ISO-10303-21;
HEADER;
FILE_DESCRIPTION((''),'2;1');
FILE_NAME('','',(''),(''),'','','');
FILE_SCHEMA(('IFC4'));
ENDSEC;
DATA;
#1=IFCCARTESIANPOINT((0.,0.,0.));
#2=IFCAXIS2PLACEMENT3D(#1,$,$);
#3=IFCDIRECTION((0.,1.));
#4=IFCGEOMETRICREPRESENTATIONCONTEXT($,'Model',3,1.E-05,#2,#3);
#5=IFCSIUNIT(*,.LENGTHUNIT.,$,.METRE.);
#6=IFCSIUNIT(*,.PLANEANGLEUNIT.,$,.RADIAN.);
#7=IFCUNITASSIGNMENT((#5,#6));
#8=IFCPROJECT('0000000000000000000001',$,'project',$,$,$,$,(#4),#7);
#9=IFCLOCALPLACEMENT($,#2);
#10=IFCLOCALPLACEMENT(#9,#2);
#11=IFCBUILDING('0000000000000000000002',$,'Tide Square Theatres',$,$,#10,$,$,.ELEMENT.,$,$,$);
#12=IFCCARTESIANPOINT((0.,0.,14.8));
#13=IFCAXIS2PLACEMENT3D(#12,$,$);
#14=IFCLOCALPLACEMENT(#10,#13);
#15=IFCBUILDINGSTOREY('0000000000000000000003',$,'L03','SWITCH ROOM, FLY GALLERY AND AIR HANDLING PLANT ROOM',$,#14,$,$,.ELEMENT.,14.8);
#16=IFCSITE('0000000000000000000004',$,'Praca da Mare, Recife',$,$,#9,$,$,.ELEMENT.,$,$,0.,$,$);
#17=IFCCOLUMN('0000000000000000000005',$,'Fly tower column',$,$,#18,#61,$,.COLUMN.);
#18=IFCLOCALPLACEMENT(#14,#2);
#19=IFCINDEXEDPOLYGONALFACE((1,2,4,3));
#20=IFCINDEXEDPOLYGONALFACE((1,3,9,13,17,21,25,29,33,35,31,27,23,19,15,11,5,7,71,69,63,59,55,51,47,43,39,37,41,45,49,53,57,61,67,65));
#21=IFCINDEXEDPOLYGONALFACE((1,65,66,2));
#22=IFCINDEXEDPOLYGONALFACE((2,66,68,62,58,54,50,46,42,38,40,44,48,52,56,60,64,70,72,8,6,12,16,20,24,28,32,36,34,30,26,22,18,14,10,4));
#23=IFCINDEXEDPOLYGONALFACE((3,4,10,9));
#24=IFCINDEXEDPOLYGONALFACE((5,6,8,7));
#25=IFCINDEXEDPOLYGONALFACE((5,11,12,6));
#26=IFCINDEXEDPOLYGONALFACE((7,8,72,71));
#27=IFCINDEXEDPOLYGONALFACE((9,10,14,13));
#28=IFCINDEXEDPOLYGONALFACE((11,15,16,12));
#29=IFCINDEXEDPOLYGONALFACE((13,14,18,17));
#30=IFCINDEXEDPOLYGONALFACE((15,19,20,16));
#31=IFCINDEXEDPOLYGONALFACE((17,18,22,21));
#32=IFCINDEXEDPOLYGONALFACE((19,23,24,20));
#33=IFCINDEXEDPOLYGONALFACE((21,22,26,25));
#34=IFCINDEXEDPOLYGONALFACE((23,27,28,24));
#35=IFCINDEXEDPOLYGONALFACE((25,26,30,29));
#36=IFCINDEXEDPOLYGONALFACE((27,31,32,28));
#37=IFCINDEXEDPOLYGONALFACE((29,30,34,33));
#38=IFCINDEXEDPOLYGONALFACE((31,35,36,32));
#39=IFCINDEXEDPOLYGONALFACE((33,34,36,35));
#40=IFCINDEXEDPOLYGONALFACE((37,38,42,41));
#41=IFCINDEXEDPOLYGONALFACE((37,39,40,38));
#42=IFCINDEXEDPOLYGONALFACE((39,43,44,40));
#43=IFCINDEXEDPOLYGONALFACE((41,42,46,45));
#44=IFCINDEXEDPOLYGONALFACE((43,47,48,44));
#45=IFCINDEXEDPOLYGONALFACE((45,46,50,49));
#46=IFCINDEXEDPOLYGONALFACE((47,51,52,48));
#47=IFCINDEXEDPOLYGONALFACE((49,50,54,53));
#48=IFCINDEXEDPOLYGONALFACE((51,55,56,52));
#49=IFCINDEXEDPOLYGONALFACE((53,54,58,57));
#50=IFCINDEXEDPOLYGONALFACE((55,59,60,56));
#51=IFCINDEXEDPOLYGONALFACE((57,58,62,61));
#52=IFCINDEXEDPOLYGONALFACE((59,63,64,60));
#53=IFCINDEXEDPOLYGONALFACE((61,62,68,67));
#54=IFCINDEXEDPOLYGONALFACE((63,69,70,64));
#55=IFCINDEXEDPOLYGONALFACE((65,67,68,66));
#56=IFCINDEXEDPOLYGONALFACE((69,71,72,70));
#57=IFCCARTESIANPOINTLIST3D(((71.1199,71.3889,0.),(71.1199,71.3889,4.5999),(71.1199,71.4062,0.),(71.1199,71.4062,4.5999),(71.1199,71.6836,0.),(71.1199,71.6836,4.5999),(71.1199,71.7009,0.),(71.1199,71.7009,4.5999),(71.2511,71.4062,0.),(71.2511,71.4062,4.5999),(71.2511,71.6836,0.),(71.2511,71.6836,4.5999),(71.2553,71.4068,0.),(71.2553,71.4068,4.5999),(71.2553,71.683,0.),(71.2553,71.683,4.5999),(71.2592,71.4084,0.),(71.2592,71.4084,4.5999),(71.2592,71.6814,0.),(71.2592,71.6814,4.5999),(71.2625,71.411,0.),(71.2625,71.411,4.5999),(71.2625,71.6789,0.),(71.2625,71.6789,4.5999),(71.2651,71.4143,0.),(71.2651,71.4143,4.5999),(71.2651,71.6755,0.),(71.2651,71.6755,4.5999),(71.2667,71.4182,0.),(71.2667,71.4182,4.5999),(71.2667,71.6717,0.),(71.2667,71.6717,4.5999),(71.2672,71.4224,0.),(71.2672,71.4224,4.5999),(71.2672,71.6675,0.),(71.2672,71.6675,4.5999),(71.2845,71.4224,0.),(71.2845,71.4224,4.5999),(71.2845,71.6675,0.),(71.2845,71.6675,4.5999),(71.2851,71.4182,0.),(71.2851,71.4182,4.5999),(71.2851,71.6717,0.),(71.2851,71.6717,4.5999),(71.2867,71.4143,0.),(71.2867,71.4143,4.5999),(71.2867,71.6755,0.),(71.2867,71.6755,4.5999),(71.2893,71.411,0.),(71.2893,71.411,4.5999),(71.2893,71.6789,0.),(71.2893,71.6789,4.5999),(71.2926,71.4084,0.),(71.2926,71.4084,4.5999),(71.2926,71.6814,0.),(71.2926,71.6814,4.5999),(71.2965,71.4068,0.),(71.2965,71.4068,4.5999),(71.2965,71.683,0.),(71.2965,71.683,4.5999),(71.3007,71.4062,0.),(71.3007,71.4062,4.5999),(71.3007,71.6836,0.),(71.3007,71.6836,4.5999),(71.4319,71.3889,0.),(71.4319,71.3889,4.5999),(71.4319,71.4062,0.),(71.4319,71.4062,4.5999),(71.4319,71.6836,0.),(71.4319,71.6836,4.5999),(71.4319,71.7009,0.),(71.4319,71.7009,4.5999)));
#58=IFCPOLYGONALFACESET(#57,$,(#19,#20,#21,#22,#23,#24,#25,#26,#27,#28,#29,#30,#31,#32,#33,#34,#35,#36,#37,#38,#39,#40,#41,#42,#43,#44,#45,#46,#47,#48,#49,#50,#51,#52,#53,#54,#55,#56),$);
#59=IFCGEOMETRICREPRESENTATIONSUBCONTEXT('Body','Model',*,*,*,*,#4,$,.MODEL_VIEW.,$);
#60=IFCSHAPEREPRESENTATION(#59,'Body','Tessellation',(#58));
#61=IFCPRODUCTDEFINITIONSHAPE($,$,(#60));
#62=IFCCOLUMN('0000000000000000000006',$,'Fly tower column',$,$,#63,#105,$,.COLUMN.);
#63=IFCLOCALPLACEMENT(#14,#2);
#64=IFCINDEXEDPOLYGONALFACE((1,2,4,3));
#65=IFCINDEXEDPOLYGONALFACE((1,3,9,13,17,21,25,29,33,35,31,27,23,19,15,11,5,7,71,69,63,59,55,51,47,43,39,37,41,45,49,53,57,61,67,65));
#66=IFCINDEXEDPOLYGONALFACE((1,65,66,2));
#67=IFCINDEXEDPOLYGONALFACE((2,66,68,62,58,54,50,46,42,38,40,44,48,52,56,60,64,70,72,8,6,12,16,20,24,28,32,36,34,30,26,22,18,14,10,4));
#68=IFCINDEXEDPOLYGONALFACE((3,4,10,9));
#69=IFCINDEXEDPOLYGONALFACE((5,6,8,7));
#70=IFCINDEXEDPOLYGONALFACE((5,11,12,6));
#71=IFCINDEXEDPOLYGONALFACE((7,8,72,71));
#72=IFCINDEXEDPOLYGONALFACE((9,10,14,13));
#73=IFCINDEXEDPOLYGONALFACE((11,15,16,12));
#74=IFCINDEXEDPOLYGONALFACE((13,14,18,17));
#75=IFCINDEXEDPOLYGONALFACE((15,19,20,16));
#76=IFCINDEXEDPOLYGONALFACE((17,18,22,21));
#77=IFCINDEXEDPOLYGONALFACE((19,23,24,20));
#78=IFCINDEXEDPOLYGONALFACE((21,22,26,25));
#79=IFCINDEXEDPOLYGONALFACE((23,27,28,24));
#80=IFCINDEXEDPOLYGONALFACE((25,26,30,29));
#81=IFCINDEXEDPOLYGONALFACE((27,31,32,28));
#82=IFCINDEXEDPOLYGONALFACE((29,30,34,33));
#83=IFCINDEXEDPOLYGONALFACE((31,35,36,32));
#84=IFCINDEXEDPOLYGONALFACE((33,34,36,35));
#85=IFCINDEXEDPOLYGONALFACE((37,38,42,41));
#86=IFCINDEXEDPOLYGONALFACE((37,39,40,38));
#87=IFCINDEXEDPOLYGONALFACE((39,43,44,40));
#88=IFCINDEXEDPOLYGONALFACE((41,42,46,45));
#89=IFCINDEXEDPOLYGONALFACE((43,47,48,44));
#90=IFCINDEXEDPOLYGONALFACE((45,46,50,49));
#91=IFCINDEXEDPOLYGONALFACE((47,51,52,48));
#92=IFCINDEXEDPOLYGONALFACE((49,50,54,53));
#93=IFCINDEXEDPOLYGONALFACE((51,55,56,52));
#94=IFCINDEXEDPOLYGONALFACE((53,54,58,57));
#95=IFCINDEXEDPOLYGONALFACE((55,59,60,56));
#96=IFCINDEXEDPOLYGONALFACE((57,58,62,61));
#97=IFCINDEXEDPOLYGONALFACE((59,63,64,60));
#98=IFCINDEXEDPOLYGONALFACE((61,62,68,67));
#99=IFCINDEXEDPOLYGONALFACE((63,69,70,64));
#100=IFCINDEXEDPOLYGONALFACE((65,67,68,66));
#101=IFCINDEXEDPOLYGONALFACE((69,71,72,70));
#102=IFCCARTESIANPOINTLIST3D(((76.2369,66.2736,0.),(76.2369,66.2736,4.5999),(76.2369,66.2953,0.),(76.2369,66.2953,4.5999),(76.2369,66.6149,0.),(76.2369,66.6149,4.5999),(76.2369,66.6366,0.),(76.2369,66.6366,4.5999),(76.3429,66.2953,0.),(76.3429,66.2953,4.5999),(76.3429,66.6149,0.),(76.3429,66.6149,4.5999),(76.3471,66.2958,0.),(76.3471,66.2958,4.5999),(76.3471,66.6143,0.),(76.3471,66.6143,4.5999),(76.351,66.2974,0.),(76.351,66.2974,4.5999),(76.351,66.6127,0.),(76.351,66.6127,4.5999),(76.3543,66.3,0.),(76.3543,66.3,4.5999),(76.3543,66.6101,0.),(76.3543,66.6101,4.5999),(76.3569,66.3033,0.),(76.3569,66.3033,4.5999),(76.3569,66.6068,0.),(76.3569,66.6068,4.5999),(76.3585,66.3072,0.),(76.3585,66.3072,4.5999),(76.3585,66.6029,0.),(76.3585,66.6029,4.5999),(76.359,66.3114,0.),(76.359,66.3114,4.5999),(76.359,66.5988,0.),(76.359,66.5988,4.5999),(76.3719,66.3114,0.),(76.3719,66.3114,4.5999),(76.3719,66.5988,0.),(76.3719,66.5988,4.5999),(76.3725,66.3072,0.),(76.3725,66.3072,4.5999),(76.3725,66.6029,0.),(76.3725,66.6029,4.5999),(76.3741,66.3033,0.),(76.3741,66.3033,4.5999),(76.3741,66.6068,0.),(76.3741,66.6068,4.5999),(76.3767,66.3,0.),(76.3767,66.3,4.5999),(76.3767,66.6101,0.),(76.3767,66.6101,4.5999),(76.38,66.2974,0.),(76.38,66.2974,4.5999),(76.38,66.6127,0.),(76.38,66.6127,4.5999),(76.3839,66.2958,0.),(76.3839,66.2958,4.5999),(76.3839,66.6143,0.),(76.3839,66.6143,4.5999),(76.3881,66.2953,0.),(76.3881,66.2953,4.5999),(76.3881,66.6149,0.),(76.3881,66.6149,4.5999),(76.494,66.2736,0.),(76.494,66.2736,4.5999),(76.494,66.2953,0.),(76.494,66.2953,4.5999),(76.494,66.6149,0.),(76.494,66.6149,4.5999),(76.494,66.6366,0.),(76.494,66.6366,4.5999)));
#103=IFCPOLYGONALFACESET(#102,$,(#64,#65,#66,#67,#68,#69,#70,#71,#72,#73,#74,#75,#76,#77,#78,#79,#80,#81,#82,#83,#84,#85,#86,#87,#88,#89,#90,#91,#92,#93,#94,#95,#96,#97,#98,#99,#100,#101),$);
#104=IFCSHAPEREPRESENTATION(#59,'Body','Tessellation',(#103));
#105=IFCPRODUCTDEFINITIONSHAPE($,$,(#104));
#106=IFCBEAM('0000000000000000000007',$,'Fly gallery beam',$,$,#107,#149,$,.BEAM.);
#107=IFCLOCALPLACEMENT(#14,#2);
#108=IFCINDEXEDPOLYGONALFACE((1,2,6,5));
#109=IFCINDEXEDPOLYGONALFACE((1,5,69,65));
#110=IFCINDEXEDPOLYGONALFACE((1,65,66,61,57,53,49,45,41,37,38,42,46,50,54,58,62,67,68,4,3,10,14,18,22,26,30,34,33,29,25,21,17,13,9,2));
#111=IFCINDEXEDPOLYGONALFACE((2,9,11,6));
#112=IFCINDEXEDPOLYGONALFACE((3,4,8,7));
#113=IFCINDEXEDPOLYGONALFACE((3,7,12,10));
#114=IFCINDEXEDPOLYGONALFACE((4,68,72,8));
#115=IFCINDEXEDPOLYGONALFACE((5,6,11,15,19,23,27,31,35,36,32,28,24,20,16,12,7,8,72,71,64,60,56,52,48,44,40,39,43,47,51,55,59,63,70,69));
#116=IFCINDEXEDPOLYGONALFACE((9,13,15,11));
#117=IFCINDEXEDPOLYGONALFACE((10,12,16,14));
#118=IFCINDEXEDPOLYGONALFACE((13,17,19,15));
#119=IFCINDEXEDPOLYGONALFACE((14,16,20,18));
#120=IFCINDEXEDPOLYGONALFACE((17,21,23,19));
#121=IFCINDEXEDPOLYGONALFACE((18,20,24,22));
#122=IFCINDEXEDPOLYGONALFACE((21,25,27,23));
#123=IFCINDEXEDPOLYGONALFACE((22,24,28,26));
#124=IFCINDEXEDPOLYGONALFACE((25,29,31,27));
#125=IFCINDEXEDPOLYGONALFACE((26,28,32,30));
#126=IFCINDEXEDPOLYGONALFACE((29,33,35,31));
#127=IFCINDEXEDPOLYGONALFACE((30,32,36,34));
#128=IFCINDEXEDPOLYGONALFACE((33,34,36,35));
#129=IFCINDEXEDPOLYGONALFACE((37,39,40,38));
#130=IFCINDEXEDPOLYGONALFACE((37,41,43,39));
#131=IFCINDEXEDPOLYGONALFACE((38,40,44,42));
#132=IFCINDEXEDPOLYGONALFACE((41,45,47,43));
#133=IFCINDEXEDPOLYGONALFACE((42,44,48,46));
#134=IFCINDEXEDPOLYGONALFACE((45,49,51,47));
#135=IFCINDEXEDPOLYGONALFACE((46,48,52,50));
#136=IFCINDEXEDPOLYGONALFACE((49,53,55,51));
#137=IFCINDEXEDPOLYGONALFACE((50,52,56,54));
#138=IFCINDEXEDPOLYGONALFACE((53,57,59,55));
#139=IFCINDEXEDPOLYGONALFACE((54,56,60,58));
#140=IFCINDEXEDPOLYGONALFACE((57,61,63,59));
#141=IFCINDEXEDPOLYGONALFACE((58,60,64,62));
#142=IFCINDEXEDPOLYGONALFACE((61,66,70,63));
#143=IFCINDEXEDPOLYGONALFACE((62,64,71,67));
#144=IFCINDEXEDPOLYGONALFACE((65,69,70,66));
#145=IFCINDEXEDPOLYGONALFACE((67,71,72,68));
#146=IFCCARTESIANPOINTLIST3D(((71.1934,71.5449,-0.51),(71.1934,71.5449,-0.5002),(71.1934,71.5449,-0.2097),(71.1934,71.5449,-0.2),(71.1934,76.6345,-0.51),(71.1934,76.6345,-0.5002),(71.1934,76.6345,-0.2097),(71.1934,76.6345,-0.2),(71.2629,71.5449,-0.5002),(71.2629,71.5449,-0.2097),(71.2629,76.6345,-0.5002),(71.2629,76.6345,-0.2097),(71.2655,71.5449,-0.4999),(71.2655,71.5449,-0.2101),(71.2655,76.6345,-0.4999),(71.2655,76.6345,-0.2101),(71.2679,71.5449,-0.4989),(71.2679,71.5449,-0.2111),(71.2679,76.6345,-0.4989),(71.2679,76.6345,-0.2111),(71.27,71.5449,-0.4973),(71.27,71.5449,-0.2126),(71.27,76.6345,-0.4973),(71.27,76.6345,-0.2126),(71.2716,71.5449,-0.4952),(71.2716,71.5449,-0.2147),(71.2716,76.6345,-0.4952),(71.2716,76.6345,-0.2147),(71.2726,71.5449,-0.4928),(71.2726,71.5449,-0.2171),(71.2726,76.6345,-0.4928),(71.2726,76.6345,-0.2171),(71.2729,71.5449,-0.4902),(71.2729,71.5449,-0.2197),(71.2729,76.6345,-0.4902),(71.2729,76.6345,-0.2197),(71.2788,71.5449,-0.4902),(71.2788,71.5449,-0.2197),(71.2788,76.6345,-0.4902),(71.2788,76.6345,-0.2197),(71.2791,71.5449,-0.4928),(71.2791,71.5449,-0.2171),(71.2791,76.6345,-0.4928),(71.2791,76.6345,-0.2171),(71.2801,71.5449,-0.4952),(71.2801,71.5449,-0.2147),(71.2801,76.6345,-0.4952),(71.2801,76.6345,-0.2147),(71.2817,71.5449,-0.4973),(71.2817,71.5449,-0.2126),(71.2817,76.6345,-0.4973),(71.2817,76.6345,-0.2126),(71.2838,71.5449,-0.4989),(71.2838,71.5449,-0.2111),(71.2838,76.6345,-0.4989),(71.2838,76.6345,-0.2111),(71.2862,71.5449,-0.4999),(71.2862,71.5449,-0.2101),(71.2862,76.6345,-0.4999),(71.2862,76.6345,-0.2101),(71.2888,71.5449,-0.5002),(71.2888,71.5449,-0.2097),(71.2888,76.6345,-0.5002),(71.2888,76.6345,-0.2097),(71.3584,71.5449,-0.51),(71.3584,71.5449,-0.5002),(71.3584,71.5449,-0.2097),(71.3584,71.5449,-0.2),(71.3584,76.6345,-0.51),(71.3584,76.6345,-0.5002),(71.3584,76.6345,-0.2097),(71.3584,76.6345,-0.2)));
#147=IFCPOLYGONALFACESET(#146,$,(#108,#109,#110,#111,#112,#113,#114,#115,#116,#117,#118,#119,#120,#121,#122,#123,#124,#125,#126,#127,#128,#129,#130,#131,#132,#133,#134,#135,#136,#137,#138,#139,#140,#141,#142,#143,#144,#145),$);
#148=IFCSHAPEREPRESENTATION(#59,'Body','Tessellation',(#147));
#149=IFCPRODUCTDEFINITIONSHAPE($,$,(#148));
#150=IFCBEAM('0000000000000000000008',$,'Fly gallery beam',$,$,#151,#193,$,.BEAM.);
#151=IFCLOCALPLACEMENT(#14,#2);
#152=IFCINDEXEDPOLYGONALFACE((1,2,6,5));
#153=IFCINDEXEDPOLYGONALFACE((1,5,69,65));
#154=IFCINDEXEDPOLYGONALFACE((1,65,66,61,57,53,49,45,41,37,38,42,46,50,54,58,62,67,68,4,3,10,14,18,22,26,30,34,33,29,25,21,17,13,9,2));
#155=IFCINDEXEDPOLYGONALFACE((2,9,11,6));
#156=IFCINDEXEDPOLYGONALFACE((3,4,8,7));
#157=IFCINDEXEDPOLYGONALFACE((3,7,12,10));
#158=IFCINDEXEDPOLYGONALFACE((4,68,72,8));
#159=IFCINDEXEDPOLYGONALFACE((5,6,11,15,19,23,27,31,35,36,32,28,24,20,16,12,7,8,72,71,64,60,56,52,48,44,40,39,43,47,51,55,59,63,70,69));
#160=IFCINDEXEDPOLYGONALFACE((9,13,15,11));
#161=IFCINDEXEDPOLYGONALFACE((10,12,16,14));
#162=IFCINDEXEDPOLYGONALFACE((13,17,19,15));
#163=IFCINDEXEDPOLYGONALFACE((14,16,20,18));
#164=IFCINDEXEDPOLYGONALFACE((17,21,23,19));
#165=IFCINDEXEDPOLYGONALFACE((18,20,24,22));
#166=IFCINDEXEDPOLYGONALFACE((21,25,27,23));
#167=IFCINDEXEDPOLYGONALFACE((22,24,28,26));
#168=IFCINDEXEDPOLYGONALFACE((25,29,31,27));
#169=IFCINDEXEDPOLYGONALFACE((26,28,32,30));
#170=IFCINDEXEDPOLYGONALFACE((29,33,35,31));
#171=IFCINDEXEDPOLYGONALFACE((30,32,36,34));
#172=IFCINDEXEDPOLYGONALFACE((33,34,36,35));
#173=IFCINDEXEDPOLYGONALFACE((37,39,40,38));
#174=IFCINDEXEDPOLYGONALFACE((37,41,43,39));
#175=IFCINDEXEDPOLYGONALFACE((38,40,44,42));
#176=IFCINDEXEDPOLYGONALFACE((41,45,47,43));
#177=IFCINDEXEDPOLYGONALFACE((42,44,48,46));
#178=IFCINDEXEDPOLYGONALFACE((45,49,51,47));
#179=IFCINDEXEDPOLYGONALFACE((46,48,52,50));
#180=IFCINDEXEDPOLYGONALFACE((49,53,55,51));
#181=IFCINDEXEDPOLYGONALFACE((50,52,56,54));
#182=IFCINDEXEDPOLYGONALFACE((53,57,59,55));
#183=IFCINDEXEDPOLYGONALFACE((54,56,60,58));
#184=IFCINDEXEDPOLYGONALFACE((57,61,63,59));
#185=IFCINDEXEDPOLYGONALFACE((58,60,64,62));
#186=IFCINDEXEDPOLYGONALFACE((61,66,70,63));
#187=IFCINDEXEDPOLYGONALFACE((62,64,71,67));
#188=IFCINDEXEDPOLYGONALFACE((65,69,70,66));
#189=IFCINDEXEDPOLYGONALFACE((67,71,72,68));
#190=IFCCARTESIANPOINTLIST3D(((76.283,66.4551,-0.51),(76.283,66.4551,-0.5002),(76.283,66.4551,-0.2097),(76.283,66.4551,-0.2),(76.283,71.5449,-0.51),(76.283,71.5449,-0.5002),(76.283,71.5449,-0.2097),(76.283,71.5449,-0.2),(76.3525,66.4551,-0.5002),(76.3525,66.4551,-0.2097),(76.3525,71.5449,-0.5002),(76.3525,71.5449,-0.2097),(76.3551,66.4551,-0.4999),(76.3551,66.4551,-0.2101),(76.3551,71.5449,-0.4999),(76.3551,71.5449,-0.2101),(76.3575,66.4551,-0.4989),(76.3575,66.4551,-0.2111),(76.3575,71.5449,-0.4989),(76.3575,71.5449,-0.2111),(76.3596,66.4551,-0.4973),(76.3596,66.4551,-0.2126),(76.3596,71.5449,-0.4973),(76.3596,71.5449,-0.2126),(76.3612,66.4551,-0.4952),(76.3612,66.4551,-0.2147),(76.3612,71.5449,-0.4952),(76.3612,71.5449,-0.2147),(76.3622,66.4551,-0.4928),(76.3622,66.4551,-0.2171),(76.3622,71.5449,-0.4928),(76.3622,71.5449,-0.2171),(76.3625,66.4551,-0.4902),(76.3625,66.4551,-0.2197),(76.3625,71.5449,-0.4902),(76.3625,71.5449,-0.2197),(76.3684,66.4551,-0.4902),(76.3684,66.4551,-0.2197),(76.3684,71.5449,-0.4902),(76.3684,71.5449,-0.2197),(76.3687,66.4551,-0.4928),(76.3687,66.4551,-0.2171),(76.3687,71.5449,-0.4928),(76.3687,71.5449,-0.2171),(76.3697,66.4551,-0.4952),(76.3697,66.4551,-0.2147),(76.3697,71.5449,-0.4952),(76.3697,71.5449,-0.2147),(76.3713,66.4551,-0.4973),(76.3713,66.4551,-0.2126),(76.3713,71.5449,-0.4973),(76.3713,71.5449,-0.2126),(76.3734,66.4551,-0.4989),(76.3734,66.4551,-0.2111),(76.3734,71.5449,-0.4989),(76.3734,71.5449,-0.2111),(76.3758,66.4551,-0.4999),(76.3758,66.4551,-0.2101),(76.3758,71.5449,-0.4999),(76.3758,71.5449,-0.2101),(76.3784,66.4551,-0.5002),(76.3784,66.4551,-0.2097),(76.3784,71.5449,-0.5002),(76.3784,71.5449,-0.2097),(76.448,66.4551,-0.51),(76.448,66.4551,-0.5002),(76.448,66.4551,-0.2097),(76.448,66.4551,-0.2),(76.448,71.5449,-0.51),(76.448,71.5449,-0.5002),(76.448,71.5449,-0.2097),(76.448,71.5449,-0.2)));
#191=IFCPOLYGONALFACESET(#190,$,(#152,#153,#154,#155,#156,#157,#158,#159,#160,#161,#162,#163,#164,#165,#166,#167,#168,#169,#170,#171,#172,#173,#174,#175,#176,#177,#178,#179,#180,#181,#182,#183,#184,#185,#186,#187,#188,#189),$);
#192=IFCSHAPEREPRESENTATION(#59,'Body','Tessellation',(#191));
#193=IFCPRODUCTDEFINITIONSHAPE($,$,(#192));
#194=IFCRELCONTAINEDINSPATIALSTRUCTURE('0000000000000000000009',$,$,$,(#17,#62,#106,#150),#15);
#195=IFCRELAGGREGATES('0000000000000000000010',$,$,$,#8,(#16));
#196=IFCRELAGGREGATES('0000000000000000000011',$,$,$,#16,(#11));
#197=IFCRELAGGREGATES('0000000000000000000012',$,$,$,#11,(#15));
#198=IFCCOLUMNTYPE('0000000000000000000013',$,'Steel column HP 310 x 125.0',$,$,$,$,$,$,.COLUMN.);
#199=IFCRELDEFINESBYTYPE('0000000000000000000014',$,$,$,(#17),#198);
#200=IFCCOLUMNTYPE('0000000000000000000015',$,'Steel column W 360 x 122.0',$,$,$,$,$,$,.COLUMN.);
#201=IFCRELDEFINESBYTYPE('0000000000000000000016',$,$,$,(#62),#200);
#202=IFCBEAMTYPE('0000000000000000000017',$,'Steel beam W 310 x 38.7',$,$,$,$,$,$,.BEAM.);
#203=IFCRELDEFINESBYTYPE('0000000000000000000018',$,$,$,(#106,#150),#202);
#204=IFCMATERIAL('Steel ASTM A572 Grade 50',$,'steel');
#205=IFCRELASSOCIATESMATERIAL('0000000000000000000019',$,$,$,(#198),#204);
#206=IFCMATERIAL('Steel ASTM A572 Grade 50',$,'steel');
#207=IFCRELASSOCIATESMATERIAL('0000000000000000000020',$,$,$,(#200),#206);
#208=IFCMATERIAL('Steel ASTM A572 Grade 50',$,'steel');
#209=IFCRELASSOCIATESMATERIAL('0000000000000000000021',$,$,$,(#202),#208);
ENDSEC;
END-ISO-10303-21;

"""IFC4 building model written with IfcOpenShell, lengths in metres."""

from ifc_helpers import new_model, si_unit, direction, frame, origin, origin_2d, place, context, subcontext, project, spatial, i_section, extrude, material, material_profile, profile_set, type_object, element, save


model = new_model("IFC4")

# Units and contexts
model_context = context("Model", 3, precision=1e-05, world=origin(), true_north=direction((0.0, 1.0)))
body_context = subcontext(model_context, "Body", "Model", "MODEL_VIEW")
ifc_project = project(units=[si_unit("LENGTHUNIT", "METRE"), si_unit("PLANEANGLEUNIT", "RADIAN")], contexts=[model_context])

# Site, building, storey
site_placement = place(None, origin())
site = spatial("IfcSite", under=ifc_project, at=site_placement, Name="Praca da Mare, Recife", CompositionType="ELEMENT", RefElevation=0.0)
building_placement = place(site_placement, origin())
building = spatial("IfcBuilding", under=site, at=building_placement, Name="Tide Square Theatres", CompositionType="ELEMENT")
storey_placement = place(building_placement, frame((0.0, 0.0, 14.8)))
storey = spatial("IfcBuildingStorey", under=building, at=storey_placement, Name="L03", Description="SWITCH ROOM, FLY GALLERY AND AIR HANDLING PLANT ROOM", CompositionType="ELEMENT", Elevation=14.8)

# Columns
ifc_material_1 = material(Name="Steel ASTM A572 Grade 50", Category="steel")
ifc_material_profile_1 = material_profile(ifc_material_1, i_section(OverallWidth=0.312, OverallDepth=0.312, WebThickness=0.0173, FlangeThickness=0.0173, FilletRadius=0.0161, at=origin_2d()))
ifc_profile_set_1 = profile_set([ifc_material_profile_1], Name="Steel ASTM A572 Grade 50")
column_type_1 = type_object("IfcColumnType", Name="Steel column HP 310 x 125.0", PredefinedType="COLUMN", material=ifc_profile_set_1)
column_1_placement = place(storey_placement, frame((71.2759, 71.5449, 0.0), z_axis=(0.0, 0.0, 1.0), x_axis=(1.0, 0.0, 0.0)))
element("IfcColumn", 1, at=column_1_placement, inside=storey, type_object=column_type_1, Name="Fly tower column", PredefinedType="COLUMN", context=body_context, shape_type="SweptSolid", body=[
    extrude(i_section(OverallWidth=0.312, OverallDepth=0.312, WebThickness=0.0173, FlangeThickness=0.0173, FilletRadius=0.0161, at=origin_2d()), origin(), (0.0, 0.0, 1.0), 4.5999),
])
ifc_material_2 = material(Name="Steel ASTM A572 Grade 50", Category="steel")
ifc_material_profile_2 = material_profile(ifc_material_2, i_section(OverallWidth=0.2571, OverallDepth=0.363, WebThickness=0.0129, FlangeThickness=0.0217, FilletRadius=0.0161, at=origin_2d()))
ifc_profile_set_2 = profile_set([ifc_material_profile_2], Name="Steel ASTM A572 Grade 50")
column_type_2 = type_object("IfcColumnType", Name="Steel column W 360 x 122.0", PredefinedType="COLUMN", material=ifc_profile_set_2)
column_2_placement = place(storey_placement, frame((76.3655, 66.4551, 0.0), z_axis=(0.0, 0.0, 1.0), x_axis=(1.0, 0.0, 0.0)))
element("IfcColumn", 2, at=column_2_placement, inside=storey, type_object=column_type_2, Name="Fly tower column", PredefinedType="COLUMN", context=body_context, shape_type="SweptSolid", body=[
    extrude(i_section(OverallWidth=0.2571, OverallDepth=0.363, WebThickness=0.0129, FlangeThickness=0.0217, FilletRadius=0.0161, at=origin_2d()), origin(), (0.0, 0.0, 1.0), 4.5999),
])

# Beams
ifc_material_3 = material(Name="Steel ASTM A572 Grade 50", Category="steel")
ifc_material_profile_3 = material_profile(ifc_material_3, i_section(OverallWidth=0.165, OverallDepth=0.3101, WebThickness=0.0059, FlangeThickness=0.0098, FilletRadius=0.01, at=origin_2d()))
ifc_profile_set_3 = profile_set([ifc_material_profile_3], Name="Steel ASTM A572 Grade 50")
beam_type = type_object("IfcBeamType", Name="Steel beam W 310 x 38.7", PredefinedType="BEAM", material=ifc_profile_set_3)
beam_1_placement = place(storey_placement, frame((71.2759, 71.5449, -0.355), z_axis=(0.0, 1.0, 0.0), x_axis=(-1.0, 0.0, 0.0)))
element("IfcBeam", 3, at=beam_1_placement, inside=storey, type_object=beam_type, Name="Fly gallery beam", PredefinedType="BEAM", context=body_context, shape_type="SweptSolid", body=[
    extrude(i_section(OverallWidth=0.165, OverallDepth=0.3101, WebThickness=0.0059, FlangeThickness=0.0098, FilletRadius=0.01, at=origin_2d()), origin(), (0.0, 0.0, 1.0), 5.0896),
])
beam_2_placement = place(storey_placement, frame((76.3655, 66.4551, -0.355), z_axis=(0.0, 1.0, 0.0), x_axis=(-1.0, 0.0, 0.0)))
element("IfcBeam", 4, at=beam_2_placement, inside=storey, type_object=beam_type, Name="Fly gallery beam", PredefinedType="BEAM", context=body_context, shape_type="SweptSolid", body=[
    extrude(i_section(OverallWidth=0.165, OverallDepth=0.3101, WebThickness=0.0059, FlangeThickness=0.0098, FilletRadius=0.01, at=origin_2d()), origin(), (0.0, 0.0, 1.0), 5.0898),
])

save(model, "model.ifc")
